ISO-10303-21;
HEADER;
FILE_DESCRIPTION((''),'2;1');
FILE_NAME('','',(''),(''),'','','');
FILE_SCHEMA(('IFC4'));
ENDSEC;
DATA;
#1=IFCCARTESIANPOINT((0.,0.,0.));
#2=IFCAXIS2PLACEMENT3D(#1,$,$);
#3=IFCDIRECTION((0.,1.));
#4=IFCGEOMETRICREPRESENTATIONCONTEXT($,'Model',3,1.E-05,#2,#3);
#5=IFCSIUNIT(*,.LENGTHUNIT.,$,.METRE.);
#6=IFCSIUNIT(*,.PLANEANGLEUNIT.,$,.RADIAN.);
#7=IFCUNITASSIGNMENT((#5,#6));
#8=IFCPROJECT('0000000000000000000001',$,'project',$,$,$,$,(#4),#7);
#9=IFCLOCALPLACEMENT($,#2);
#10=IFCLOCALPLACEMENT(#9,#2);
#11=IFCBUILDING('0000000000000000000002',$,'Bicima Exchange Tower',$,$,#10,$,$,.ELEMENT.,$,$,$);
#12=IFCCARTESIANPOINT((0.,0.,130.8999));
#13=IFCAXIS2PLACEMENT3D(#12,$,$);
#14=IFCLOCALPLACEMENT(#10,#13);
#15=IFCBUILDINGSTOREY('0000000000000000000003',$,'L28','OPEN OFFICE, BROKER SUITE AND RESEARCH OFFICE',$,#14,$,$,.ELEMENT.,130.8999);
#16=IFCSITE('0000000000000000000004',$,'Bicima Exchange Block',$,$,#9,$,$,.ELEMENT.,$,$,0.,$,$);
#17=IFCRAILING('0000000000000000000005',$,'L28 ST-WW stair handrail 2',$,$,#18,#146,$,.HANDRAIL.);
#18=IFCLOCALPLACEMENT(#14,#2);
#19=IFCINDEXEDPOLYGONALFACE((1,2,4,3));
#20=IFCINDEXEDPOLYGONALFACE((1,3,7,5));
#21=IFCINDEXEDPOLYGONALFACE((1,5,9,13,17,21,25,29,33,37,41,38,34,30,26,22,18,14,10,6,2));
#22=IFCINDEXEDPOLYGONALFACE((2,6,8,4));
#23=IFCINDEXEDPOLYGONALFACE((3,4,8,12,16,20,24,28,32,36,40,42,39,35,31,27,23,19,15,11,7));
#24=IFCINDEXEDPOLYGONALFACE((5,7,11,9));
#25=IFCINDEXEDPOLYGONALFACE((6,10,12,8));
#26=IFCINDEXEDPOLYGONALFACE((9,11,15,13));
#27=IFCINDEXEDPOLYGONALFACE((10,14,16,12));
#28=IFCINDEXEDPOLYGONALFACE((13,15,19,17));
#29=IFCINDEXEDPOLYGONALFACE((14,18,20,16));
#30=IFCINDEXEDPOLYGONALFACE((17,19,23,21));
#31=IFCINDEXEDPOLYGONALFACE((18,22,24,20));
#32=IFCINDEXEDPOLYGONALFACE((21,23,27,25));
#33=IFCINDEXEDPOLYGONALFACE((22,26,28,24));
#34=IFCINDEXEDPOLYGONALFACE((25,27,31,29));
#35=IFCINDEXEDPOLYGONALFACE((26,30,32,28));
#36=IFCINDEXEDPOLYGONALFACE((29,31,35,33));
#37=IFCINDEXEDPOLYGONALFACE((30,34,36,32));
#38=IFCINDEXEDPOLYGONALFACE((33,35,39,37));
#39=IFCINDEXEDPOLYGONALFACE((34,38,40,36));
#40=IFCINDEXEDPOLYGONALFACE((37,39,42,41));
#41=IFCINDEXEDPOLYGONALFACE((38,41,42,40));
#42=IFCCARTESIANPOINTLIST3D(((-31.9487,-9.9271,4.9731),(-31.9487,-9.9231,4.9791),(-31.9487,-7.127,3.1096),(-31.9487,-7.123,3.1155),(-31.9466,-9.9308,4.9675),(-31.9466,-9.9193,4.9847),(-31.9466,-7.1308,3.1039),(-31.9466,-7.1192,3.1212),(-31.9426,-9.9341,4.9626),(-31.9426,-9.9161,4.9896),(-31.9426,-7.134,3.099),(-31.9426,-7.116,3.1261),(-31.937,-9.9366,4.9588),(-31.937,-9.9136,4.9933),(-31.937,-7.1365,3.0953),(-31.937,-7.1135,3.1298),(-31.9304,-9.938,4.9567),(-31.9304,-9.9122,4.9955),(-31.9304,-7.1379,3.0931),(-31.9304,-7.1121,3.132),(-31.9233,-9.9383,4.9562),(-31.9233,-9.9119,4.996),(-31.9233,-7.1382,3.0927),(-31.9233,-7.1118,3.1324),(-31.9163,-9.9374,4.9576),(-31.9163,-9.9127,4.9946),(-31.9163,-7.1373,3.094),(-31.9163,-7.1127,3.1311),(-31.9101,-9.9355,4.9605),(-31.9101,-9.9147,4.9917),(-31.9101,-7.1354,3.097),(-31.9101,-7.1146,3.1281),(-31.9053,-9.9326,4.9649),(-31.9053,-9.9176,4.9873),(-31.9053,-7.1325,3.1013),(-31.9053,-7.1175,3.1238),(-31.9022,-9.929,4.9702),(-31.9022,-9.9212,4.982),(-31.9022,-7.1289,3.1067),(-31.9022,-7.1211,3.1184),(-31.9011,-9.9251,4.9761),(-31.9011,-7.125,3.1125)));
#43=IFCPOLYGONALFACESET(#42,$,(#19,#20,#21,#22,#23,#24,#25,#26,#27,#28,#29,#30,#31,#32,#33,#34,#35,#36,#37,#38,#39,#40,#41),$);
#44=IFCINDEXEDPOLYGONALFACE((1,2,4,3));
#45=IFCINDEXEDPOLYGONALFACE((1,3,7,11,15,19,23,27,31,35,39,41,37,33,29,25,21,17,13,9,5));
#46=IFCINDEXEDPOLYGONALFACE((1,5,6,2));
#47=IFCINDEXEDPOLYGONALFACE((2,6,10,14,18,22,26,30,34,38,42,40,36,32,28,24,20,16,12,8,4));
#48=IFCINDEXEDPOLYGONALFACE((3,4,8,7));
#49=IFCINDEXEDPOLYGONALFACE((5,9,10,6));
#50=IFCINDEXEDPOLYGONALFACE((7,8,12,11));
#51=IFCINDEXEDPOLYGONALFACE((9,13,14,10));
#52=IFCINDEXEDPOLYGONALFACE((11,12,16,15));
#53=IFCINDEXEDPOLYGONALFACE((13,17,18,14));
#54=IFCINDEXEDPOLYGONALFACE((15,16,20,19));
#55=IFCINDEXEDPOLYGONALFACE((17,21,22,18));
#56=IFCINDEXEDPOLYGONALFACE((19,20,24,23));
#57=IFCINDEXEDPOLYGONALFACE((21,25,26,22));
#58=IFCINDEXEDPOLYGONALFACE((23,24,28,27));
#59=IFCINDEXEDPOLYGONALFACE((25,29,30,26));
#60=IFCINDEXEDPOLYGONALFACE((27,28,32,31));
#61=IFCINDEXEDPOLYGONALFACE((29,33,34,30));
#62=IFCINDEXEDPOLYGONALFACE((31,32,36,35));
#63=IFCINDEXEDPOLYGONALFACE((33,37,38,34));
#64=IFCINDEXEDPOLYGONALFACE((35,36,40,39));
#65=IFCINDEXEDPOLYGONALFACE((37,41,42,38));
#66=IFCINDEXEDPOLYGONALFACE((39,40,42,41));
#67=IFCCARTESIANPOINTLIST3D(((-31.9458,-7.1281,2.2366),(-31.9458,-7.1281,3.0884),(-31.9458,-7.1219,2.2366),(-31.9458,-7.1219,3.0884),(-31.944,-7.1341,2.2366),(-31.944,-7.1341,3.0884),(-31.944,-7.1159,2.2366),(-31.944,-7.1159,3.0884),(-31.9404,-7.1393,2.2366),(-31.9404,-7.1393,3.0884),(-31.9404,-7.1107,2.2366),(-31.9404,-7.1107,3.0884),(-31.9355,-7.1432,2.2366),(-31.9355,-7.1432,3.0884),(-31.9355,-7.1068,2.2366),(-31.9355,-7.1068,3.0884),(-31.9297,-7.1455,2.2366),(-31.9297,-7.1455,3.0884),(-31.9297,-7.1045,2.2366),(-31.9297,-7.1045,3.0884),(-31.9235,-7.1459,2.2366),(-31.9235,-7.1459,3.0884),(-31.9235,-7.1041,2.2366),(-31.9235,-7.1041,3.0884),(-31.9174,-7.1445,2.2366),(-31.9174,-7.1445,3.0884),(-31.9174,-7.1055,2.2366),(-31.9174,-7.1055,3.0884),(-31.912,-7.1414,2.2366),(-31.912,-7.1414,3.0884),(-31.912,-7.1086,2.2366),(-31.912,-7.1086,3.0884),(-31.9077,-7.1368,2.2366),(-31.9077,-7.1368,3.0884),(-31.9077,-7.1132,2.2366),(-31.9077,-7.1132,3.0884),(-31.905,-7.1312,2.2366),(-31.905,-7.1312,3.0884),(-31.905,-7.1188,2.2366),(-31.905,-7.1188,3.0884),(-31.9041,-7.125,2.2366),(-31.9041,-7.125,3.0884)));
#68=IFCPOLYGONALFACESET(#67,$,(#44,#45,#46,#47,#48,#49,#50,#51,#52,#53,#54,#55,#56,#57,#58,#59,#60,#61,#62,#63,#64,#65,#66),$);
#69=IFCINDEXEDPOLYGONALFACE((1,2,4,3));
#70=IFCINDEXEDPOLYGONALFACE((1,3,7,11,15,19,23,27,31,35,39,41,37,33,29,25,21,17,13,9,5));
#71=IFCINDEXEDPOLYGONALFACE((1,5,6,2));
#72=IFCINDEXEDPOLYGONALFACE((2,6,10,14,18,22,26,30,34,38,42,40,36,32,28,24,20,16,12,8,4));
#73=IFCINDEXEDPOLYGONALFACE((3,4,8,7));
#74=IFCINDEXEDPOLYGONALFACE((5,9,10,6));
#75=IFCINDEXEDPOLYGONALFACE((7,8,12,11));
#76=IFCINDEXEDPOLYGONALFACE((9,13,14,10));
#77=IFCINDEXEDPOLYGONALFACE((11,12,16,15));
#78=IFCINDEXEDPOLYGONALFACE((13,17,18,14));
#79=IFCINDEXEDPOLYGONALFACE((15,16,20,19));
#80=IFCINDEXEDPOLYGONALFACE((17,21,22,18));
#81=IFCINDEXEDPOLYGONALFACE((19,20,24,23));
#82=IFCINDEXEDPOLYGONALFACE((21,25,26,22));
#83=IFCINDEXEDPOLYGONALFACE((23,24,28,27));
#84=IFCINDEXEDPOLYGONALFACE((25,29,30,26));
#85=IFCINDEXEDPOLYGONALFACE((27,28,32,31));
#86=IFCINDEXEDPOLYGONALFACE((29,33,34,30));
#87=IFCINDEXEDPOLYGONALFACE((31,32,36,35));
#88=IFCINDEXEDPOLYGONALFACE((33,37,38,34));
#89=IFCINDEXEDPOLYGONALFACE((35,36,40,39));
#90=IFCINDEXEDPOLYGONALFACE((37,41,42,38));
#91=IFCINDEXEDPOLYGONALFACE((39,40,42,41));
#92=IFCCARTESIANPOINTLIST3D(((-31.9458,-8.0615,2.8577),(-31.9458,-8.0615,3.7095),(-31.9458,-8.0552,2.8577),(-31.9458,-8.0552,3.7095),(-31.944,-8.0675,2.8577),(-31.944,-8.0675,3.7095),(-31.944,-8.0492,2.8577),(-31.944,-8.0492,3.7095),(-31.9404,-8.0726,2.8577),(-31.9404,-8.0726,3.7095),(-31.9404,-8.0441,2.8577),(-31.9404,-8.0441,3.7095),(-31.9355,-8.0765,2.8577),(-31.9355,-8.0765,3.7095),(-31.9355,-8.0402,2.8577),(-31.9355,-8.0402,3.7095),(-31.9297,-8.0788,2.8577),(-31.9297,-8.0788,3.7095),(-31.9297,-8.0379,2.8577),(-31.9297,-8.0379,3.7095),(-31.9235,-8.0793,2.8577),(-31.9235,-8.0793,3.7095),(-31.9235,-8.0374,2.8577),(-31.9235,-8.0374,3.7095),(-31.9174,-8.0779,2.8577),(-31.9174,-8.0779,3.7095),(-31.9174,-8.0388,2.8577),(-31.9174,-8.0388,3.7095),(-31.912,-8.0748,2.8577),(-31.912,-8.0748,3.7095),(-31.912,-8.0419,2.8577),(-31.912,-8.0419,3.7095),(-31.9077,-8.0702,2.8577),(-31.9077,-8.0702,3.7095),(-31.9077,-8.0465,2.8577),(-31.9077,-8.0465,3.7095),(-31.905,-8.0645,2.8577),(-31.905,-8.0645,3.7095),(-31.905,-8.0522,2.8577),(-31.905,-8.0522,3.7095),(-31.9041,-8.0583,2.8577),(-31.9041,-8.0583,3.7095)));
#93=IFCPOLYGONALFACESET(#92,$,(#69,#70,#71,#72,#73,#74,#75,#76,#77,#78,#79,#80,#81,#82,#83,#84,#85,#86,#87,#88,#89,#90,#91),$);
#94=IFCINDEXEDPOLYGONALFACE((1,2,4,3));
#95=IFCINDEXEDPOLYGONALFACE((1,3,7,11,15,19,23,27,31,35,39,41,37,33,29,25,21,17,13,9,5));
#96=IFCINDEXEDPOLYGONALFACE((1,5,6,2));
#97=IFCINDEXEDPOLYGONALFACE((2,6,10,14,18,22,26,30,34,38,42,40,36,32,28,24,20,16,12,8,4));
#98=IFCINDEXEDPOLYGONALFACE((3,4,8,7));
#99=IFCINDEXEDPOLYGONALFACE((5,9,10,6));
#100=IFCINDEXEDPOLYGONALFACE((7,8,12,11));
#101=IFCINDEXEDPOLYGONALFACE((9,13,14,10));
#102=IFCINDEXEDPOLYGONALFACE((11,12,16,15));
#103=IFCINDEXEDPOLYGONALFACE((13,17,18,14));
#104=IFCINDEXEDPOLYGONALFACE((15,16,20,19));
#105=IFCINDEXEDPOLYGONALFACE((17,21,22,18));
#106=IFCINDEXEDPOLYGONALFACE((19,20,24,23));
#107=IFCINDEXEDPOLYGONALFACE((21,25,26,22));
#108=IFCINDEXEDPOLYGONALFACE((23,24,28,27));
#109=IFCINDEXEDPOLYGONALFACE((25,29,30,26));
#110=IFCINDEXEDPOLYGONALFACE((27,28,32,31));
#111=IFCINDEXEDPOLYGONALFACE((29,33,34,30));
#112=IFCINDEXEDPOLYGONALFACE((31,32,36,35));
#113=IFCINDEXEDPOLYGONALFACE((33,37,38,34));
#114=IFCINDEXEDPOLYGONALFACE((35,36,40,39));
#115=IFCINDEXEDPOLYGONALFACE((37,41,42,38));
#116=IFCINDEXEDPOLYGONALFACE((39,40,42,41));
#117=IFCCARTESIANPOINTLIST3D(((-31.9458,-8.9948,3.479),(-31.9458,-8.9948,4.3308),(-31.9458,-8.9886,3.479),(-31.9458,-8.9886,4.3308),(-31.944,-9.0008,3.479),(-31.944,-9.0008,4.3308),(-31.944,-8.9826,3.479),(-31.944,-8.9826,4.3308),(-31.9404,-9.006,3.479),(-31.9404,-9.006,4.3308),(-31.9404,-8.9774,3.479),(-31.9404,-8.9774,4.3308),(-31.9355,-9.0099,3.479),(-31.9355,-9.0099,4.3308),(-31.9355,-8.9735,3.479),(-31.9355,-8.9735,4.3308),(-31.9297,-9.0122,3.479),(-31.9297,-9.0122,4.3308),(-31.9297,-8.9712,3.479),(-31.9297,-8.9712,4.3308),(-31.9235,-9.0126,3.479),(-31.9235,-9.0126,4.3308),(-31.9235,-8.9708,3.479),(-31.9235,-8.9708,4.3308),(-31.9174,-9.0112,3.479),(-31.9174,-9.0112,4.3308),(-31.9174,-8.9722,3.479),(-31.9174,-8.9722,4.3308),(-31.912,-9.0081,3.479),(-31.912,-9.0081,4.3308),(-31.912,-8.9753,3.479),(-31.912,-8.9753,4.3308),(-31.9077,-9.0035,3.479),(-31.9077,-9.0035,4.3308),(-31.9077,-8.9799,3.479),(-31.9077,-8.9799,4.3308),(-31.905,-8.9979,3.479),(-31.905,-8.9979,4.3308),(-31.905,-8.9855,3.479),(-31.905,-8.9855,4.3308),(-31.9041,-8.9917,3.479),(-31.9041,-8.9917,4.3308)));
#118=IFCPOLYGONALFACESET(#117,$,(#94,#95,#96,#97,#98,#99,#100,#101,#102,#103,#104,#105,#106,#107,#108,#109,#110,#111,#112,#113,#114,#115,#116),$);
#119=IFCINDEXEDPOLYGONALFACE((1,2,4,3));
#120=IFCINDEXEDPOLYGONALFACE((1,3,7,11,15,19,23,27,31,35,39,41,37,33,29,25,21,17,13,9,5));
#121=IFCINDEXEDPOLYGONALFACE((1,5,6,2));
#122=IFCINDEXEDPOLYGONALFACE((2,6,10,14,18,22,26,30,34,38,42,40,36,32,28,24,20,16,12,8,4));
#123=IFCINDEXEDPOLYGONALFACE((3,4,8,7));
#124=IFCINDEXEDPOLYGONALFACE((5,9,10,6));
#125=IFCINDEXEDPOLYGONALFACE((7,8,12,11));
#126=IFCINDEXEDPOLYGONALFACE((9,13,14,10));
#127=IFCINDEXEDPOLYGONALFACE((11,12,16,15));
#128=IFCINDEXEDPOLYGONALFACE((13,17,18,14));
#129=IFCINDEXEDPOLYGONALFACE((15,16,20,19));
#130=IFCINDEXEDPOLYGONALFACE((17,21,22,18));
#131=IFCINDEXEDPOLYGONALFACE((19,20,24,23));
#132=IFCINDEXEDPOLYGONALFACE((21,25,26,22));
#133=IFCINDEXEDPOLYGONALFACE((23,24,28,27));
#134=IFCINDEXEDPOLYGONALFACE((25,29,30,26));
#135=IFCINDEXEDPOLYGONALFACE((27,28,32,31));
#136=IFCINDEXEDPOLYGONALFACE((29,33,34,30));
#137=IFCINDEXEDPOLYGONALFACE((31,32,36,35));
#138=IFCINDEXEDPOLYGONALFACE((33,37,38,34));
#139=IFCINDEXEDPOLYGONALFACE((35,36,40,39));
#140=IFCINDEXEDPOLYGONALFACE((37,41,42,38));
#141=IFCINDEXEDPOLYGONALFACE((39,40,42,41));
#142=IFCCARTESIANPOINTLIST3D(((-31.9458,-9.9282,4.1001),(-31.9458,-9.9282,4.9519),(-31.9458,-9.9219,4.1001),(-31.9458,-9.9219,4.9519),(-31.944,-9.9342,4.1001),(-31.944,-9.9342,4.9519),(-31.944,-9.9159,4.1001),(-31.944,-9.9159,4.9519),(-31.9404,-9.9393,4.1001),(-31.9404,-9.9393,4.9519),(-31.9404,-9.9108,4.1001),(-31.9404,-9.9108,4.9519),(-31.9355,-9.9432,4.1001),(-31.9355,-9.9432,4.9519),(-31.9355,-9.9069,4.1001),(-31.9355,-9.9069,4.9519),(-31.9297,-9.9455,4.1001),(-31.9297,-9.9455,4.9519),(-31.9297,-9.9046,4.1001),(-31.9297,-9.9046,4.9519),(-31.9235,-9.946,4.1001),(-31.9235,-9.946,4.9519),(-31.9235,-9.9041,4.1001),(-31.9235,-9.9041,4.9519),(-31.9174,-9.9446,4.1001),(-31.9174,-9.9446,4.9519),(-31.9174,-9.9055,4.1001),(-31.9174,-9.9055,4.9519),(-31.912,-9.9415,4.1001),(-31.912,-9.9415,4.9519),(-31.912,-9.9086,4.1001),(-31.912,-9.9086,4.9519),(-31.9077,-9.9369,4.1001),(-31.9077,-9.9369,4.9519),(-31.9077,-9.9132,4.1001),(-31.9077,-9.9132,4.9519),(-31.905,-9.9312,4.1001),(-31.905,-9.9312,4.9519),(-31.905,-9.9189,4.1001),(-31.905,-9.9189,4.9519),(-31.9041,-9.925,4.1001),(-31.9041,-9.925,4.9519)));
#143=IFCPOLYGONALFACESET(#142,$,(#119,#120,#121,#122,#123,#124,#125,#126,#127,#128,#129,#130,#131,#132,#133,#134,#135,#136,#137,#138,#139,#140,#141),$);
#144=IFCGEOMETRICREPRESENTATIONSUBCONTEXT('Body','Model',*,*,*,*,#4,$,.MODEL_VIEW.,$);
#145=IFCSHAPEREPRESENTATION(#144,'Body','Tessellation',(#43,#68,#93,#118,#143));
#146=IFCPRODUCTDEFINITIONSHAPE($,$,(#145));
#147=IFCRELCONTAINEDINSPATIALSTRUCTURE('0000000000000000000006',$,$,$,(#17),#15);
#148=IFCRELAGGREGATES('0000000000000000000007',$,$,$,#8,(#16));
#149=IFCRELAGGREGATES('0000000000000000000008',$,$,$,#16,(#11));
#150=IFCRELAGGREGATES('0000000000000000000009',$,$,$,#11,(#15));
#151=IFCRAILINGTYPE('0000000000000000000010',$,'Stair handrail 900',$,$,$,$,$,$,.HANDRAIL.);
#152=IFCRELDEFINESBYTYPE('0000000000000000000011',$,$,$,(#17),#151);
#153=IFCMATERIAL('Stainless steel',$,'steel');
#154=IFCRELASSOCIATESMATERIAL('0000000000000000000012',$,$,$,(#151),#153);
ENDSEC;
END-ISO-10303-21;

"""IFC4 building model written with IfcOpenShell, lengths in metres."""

from ifc_helpers import new_model, si_unit, direction, frame, origin, origin_2d, place, context, subcontext, project, spatial, circle, extrude, material, type_object, element, save


model = new_model("IFC4")

# Units and contexts
model_context = context("Model", 3, precision=1e-05, world=origin(), true_north=direction((0.0, 1.0)))
body_context = subcontext(model_context, "Body", "Model", "MODEL_VIEW")
ifc_project = project(units=[si_unit("LENGTHUNIT", "METRE"), si_unit("PLANEANGLEUNIT", "RADIAN")], contexts=[model_context])

# Site, building, storey
site_placement = place(None, origin())
site = spatial("IfcSite", under=ifc_project, at=site_placement, Name="Bicima Exchange Block", CompositionType="ELEMENT", RefElevation=0.0)
building_placement = place(site_placement, origin())
building = spatial("IfcBuilding", under=site, at=building_placement, Name="Bicima Exchange Tower", CompositionType="ELEMENT")
storey_placement = place(building_placement, frame((0.0, 0.0, 130.8999)))
storey = spatial("IfcBuildingStorey", under=building, at=storey_placement, Name="L28", Description="OPEN OFFICE, BROKER SUITE AND RESEARCH OFFICE", CompositionType="ELEMENT", Elevation=130.8999)

# Railing
ifc_material_1 = material(Name="Stainless steel", Category="steel")
railing_type = type_object("IfcRailingType", Name="Stair handrail 900", PredefinedType="HANDRAIL", material=ifc_material_1)
railing_placement = place(storey_placement, frame((-31.925, -7.125, 2.2366)))
element("IfcRailing", 1, at=railing_placement, inside=storey, type_object=railing_type, Name="L28 ST-WW stair handrail 2", PredefinedType="HANDRAIL", context=body_context, shape_type="SweptSolid", body=[
    extrude(circle(Radius=0.0239, at=origin_2d()), frame((0.0, 0.0, 0.876), z_axis=(0.0, -0.832486, 0.554047), x_axis=(1.0, 0.0, 0.0)), (0.0, 0.0, 1.0), 3.3635),
    extrude(circle(Radius=0.021, at=origin_2d()), origin(), (0.0, 0.0, 1.0), 0.8518),
    extrude(circle(Radius=0.021, at=origin_2d()), frame((0.0, -0.9333, 0.6211)), (0.0, 0.0, 1.0), 0.8518),
    extrude(circle(Radius=0.021, at=origin_2d()), frame((0.0, -1.8667, 1.2424)), (0.0, 0.0, 1.0), 0.8518),
    extrude(circle(Radius=0.021, at=origin_2d()), frame((0.0, -2.8, 1.8635)), (0.0, 0.0, 1.0), 0.8518),
])

save(model, "model.ifc")
